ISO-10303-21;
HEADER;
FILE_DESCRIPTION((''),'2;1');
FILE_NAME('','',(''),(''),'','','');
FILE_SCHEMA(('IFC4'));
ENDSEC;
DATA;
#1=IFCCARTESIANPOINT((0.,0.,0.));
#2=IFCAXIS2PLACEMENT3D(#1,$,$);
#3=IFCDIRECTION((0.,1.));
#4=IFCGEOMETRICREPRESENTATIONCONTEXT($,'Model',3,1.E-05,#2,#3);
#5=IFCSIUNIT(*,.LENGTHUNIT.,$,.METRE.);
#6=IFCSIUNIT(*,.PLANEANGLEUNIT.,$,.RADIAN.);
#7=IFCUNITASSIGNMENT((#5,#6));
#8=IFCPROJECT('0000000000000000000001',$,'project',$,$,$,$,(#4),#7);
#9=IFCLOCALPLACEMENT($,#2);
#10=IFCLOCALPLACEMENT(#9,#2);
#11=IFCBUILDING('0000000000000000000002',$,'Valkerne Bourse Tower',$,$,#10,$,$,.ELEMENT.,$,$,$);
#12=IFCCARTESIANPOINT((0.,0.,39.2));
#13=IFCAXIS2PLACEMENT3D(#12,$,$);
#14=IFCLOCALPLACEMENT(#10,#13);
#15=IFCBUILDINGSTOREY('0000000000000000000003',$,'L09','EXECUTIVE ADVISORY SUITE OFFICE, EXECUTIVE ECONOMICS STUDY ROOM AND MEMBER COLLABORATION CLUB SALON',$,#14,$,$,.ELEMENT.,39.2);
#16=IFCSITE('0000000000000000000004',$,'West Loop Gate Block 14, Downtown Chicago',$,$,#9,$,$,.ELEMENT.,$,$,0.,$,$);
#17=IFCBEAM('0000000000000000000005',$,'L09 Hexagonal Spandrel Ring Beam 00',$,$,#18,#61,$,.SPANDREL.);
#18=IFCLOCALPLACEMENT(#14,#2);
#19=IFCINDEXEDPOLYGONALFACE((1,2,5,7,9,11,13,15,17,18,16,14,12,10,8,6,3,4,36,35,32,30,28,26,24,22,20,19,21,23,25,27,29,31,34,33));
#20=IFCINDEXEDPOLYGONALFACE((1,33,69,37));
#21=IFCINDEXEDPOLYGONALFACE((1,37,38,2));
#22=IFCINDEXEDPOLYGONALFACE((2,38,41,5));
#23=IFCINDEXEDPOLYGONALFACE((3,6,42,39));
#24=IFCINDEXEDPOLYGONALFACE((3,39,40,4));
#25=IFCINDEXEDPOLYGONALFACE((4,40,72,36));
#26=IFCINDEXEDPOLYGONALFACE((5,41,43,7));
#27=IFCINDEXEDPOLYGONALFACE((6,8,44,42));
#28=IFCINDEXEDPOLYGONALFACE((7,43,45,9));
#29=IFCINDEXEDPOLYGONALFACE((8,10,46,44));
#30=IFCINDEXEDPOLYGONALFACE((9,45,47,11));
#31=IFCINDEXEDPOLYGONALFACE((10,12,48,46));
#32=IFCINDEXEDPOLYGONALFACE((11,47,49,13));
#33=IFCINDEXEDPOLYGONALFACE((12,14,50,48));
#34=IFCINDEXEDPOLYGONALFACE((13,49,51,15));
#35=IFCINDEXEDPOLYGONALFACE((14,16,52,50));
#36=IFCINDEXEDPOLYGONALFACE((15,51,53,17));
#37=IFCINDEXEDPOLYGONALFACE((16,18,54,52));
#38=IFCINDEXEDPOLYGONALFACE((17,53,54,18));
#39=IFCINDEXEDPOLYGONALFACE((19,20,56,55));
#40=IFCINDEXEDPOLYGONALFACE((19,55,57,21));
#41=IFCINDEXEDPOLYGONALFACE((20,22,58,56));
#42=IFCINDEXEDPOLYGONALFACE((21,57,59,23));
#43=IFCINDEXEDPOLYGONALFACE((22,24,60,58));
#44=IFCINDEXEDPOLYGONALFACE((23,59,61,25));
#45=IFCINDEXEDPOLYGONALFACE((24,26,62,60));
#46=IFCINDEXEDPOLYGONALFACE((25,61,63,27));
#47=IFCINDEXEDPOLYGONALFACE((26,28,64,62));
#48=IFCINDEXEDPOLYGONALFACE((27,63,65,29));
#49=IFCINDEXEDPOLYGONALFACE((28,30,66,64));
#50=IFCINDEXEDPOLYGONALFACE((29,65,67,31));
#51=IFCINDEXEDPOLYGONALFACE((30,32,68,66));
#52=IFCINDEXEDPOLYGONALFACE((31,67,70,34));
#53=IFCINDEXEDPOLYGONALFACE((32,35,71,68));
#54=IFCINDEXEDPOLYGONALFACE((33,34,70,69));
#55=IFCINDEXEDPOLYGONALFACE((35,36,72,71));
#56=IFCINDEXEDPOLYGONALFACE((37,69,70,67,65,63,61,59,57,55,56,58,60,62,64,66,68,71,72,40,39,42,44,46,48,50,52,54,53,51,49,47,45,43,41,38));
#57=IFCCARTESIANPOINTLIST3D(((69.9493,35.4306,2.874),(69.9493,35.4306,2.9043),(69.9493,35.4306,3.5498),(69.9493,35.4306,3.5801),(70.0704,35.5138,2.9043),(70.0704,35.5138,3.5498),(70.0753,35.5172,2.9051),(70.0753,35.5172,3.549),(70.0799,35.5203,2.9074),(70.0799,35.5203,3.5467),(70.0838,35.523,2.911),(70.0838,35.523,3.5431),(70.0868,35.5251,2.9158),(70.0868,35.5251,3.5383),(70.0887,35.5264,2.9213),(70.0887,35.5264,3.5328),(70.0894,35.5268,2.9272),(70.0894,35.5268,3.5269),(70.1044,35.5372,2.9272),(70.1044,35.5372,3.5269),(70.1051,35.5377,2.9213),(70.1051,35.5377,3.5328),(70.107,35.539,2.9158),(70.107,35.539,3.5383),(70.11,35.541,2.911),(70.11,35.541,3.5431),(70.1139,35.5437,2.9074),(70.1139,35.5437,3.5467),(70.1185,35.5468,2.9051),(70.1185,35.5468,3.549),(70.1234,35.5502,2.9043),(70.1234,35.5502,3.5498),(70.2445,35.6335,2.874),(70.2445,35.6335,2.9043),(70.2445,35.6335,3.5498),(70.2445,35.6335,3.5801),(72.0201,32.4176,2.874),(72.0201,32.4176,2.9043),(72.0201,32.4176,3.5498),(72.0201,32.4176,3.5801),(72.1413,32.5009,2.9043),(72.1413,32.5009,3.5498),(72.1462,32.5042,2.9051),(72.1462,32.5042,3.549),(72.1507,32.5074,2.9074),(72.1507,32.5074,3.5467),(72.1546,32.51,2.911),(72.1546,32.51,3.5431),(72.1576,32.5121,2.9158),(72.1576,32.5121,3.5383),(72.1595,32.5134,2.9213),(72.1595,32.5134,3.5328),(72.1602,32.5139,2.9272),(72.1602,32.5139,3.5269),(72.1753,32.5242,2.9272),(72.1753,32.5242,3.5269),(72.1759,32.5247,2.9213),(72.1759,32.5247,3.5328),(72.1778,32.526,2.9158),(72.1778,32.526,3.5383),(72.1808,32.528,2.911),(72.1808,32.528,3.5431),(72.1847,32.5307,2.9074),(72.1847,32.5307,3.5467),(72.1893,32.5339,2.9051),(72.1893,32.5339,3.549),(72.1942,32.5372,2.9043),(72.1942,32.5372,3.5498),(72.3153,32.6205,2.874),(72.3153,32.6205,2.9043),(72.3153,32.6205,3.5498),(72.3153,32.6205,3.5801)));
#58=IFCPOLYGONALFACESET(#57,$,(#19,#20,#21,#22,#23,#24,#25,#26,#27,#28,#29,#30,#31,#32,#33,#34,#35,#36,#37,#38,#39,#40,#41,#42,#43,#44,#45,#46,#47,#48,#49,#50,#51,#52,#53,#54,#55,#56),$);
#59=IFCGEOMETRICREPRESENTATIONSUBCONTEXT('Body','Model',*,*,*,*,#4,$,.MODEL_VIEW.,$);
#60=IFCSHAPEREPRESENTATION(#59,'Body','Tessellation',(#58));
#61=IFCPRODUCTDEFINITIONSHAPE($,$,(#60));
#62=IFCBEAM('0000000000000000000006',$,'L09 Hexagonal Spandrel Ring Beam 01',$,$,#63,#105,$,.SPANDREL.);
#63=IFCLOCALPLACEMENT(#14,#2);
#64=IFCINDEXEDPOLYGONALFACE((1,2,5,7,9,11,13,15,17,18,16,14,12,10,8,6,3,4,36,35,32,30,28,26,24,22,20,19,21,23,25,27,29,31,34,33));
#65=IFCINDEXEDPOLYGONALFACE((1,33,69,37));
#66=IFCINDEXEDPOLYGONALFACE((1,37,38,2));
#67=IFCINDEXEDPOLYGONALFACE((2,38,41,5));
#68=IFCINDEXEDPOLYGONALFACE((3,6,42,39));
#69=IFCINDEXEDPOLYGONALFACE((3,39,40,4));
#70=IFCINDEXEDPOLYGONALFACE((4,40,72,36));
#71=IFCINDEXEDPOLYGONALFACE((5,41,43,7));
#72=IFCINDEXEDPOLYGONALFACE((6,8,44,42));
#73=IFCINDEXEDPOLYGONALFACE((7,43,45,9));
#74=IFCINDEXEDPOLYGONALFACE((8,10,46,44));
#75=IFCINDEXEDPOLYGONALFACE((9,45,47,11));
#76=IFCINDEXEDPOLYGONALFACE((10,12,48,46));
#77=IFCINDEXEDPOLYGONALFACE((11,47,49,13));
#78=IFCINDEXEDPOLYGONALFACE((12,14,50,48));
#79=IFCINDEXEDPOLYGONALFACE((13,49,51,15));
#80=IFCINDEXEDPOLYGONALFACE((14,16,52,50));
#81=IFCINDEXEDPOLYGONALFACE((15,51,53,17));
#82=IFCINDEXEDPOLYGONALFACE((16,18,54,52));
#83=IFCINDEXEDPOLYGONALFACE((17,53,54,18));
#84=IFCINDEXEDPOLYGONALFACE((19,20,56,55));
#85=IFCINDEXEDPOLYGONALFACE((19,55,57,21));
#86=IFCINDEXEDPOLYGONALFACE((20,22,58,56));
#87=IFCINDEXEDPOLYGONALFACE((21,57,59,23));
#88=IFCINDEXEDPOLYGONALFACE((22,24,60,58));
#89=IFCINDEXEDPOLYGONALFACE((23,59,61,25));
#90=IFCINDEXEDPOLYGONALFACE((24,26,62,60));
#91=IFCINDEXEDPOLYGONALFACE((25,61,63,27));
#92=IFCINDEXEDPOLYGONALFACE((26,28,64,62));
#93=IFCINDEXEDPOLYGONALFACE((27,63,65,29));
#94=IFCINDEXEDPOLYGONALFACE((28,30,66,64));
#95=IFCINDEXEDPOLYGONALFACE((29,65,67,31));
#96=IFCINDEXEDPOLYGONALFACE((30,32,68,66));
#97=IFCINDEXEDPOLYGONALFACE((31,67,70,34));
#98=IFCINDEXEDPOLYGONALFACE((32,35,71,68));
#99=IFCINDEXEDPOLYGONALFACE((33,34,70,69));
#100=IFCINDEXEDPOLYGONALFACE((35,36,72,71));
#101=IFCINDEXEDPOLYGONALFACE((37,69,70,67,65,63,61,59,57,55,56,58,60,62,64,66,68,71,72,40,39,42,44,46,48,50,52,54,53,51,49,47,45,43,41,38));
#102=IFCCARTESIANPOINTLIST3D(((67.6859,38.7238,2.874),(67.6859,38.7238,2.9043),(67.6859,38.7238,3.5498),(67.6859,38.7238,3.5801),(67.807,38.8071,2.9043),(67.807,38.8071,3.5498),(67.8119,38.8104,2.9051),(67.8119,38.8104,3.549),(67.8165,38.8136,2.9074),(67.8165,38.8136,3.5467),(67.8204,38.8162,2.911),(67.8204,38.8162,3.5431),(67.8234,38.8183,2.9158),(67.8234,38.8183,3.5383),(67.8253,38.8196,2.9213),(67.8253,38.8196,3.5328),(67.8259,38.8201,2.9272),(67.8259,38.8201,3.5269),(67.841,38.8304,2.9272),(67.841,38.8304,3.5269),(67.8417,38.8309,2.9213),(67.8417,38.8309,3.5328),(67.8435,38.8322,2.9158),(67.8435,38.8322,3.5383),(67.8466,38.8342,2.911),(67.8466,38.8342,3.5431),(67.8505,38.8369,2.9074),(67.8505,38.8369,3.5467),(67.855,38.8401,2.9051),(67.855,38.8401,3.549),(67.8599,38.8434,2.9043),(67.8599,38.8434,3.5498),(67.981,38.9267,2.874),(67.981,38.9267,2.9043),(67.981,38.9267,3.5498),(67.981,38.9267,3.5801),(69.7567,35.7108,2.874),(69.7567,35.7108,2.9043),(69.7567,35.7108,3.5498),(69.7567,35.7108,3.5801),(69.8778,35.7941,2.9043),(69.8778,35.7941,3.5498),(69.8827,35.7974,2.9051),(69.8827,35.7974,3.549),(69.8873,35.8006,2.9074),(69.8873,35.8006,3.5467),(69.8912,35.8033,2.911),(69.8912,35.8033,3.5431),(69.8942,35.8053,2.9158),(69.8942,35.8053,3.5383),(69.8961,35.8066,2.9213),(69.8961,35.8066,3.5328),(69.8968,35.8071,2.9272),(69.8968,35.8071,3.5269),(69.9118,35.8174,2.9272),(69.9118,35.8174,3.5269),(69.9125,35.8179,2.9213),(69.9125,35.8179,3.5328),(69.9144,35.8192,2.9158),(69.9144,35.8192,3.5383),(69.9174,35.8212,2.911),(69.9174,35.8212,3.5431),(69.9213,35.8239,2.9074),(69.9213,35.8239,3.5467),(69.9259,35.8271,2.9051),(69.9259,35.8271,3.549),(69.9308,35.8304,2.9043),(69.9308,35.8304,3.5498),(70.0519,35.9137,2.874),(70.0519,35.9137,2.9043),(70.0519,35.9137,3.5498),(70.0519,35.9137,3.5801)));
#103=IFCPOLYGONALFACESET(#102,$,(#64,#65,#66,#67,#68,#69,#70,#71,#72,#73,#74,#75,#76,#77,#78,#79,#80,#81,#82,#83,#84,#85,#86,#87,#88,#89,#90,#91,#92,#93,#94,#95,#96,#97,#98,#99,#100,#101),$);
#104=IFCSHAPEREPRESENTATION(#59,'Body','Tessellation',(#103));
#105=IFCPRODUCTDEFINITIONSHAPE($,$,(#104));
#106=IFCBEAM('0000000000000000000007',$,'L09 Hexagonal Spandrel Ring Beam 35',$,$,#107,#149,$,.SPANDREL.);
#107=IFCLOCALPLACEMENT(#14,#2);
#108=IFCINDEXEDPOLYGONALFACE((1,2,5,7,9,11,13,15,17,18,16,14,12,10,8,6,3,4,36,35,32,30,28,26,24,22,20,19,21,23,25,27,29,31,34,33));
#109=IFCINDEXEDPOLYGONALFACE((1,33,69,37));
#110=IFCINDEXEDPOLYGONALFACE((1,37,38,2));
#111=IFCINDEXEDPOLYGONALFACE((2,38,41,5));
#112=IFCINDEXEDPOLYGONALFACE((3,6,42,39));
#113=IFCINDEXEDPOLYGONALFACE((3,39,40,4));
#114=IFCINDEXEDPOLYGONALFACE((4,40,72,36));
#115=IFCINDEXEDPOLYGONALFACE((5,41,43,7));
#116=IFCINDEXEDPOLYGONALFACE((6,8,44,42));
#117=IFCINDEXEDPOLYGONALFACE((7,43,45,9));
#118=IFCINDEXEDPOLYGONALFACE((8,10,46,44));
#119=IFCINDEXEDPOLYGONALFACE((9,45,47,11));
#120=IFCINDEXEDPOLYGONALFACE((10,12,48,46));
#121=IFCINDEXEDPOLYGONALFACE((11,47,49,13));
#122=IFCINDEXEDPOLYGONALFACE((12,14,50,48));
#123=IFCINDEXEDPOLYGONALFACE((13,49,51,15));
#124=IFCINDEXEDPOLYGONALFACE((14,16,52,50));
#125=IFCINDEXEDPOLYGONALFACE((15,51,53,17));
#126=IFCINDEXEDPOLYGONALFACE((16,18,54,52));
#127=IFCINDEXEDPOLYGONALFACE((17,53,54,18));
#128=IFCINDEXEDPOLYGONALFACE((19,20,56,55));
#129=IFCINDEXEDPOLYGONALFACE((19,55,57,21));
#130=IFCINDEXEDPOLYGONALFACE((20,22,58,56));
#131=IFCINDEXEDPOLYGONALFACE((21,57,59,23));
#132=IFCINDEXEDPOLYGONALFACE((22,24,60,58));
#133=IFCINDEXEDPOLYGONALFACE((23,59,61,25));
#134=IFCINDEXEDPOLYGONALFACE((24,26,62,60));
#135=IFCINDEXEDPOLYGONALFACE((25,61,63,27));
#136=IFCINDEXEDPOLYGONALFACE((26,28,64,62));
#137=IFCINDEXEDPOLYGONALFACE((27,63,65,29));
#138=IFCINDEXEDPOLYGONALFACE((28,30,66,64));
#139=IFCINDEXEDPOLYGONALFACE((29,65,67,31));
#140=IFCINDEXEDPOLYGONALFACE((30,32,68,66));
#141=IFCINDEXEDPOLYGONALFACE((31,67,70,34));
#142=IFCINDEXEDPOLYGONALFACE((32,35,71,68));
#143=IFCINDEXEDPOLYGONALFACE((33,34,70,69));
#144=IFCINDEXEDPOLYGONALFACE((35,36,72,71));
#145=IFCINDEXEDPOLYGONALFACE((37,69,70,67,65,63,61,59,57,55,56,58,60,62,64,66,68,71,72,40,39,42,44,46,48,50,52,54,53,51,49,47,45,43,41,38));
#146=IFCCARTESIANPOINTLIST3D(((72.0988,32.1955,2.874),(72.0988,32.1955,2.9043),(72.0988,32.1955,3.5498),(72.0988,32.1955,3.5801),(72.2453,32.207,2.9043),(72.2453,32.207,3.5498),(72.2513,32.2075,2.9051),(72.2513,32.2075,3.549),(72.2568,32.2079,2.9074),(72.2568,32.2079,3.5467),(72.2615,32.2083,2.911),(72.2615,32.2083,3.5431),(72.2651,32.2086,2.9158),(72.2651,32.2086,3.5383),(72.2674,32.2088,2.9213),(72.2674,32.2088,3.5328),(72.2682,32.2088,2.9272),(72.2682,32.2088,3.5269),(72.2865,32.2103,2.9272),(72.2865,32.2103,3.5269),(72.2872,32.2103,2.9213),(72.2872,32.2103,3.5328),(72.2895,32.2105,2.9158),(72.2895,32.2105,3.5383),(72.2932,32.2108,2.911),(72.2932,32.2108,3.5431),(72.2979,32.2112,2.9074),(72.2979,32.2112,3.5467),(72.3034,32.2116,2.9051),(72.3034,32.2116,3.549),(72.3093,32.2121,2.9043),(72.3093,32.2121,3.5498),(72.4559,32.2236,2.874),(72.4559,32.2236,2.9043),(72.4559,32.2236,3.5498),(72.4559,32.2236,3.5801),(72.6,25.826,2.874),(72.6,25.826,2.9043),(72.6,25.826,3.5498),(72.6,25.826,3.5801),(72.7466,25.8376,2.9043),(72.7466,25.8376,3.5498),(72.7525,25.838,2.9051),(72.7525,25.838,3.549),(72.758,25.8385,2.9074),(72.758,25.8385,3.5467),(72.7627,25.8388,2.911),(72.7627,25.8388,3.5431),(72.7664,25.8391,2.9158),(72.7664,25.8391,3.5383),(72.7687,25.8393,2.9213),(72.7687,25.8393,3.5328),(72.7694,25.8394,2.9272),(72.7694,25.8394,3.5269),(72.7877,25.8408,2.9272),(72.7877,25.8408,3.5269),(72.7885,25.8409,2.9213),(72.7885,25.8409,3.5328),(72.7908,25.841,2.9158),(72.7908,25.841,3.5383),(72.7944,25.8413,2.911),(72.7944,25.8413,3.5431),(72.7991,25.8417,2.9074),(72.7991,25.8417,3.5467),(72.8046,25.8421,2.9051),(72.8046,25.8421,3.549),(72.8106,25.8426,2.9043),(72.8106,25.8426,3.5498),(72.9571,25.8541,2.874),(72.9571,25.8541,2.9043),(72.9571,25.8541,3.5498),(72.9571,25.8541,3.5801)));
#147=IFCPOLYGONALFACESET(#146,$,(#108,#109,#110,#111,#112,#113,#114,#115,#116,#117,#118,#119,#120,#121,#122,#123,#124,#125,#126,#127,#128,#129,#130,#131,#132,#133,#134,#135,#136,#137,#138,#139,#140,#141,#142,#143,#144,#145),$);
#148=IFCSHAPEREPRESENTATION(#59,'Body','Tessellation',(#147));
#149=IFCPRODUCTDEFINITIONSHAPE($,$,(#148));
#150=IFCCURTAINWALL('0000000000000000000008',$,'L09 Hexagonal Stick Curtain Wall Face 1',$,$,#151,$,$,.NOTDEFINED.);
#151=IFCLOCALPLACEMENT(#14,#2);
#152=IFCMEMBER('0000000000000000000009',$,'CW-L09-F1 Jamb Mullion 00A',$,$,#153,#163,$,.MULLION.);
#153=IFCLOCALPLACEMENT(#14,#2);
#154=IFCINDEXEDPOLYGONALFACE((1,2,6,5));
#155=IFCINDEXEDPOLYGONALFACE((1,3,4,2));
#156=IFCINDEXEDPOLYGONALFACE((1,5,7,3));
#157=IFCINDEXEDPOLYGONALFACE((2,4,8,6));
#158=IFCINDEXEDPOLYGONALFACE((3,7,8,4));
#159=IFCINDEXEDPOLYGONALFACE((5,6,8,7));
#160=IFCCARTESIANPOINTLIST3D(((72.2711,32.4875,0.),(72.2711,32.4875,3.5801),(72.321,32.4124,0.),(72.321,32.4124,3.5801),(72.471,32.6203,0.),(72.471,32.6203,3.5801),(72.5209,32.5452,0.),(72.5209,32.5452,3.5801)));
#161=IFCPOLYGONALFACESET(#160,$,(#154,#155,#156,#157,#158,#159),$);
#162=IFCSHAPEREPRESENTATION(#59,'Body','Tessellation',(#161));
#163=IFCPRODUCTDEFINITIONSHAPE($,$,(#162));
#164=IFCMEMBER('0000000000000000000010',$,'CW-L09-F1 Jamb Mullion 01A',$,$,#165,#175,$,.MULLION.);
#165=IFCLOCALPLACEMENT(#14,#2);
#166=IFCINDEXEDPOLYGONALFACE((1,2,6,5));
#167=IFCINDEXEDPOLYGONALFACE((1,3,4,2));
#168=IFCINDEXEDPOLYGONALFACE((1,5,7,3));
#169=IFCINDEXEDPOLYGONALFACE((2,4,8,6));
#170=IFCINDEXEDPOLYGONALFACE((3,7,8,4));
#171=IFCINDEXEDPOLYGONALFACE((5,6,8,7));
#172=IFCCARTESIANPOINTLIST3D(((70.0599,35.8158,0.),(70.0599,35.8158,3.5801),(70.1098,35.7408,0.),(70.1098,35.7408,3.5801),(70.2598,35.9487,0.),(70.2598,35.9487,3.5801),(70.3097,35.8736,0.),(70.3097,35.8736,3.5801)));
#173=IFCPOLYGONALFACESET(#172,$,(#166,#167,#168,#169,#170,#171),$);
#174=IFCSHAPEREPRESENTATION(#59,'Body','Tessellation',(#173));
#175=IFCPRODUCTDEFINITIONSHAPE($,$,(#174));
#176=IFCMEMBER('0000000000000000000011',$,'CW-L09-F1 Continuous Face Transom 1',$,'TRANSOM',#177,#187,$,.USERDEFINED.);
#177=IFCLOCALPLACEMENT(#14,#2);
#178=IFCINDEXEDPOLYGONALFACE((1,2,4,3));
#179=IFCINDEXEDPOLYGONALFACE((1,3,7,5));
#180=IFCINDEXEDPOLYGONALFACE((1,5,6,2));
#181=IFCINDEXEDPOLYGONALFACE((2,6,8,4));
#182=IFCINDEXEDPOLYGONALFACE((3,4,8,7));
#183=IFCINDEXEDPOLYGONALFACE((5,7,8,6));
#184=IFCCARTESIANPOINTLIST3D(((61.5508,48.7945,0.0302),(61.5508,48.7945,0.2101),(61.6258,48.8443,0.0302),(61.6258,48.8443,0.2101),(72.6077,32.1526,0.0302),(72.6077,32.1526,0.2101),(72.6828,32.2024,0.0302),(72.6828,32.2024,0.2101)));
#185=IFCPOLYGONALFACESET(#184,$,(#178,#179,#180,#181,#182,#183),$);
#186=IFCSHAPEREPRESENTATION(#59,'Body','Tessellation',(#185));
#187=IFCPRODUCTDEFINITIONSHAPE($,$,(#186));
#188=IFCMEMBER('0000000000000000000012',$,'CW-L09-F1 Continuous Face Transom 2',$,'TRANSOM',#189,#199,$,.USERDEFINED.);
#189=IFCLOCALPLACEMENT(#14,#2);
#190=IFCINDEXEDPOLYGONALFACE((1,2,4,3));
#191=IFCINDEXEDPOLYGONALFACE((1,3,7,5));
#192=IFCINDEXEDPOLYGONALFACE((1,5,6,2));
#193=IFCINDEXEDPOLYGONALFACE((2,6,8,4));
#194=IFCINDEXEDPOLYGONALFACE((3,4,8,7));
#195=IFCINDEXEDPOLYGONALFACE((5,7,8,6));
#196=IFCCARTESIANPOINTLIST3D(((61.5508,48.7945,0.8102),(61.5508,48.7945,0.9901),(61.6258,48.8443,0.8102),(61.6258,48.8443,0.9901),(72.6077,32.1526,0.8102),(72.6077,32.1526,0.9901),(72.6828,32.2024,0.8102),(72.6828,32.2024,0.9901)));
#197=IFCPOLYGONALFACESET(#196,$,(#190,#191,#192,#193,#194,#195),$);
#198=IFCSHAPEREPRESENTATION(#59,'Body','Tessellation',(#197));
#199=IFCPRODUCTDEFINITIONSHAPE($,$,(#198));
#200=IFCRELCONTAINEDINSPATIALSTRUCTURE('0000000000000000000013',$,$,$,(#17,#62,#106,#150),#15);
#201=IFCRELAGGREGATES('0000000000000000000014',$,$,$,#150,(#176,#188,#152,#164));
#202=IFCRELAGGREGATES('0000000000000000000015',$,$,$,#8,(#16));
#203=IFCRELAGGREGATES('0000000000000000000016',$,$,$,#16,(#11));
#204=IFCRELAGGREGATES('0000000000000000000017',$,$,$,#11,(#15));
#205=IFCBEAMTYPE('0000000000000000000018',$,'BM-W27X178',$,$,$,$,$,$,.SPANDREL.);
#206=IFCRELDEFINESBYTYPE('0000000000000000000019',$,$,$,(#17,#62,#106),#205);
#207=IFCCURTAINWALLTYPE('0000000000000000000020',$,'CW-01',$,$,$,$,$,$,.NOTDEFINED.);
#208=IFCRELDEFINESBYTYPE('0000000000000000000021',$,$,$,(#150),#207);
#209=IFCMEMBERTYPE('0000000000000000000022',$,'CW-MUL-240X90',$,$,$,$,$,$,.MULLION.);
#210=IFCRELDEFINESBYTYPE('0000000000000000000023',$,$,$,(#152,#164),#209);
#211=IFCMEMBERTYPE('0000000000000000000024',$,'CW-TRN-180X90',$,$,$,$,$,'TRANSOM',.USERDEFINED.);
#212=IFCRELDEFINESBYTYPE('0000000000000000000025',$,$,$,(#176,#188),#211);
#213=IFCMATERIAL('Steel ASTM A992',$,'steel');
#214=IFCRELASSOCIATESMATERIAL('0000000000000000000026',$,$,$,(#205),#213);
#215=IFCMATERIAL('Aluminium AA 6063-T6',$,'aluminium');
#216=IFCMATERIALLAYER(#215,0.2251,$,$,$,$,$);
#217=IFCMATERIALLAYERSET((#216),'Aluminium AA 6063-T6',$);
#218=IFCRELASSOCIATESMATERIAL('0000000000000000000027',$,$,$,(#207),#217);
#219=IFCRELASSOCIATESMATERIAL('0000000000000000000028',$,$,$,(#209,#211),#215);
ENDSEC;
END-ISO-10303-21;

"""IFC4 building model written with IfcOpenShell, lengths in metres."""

from ifc_helpers import new_model, si_unit, direction, frame, origin, origin_2d, place, context, subcontext, project, spatial, rectangle, i_section, extrude, material, layer, layer_set, material_profile, profile_set, type_object, element, aggregate, save


model = new_model("IFC4")

# Units and contexts
model_context = context("Model", 3, precision=1e-05, world=origin(), true_north=direction((0.0, 1.0)))
body_context = subcontext(model_context, "Body", "Model", "MODEL_VIEW")
ifc_project = project(units=[si_unit("LENGTHUNIT", "METRE"), si_unit("PLANEANGLEUNIT", "RADIAN")], contexts=[model_context])

# Site, building, storey
site_placement = place(None, origin())
site = spatial("IfcSite", under=ifc_project, at=site_placement, Name="West Loop Gate Block 14, Downtown Chicago", CompositionType="ELEMENT", RefElevation=0.0)
building_placement = place(site_placement, origin())
building = spatial("IfcBuilding", under=site, at=building_placement, Name="Valkerne Bourse Tower", CompositionType="ELEMENT")
storey_placement = place(building_placement, frame((0.0, 0.0, 39.2)))
storey = spatial("IfcBuildingStorey", under=building, at=storey_placement, Name="L09", Description="EXECUTIVE ADVISORY SUITE OFFICE, EXECUTIVE ECONOMICS STUDY ROOM AND MEMBER COLLABORATION CLUB SALON", CompositionType="ELEMENT", Elevation=39.2)

# Beams
ifc_material_1 = material(Name="Steel ASTM A992", Category="steel")
ifc_material_profile_1 = material_profile(ifc_material_1, i_section(OverallWidth=0.3582, OverallDepth=0.7061, WebThickness=0.0183, FlangeThickness=0.0303, FilletRadius=0.0229, at=origin_2d()), Name="W27X178")
ifc_profile_set_1 = profile_set([ifc_material_profile_1], Name="Steel ASTM A992")
beam_type_1 = type_object("IfcBeamType", Name="BM-W27X178", PredefinedType="SPANDREL", material=ifc_profile_set_1)
for number, where, z_axis, x_axis, name in (
    (1, (72.1677, 32.519, 3.2271), (-0.566418, 0.824118, 0.0), (-0.824118, -0.566418, 0.0), "L09 Hexagonal Spandrel Ring Beam 00"),
    (2, (69.9043, 35.8123, 3.2271), (-0.566418, 0.824118, 0.0), (-0.824118, -0.566418, 0.0), "L09 Hexagonal Spandrel Ring Beam 01"),
):
    element("IfcBeam", number, at=place(storey_placement, frame(where, z_axis=z_axis, x_axis=x_axis)), inside=storey, type_object=beam_type_1, Name=name, PredefinedType="SPANDREL", context=body_context, shape_type="SweptSolid", body=[
        extrude(i_section(OverallWidth=0.3582, OverallDepth=0.7061, WebThickness=0.0183, FlangeThickness=0.0303, FilletRadius=0.0229, at=origin_2d()), origin(), (0.0, 0.0, 1.0), 3.656),
    ])
beam_1_placement = place(storey_placement, frame((72.7786, 25.8401, 3.2271), z_axis=(-0.07845, 0.996918, 0.0), x_axis=(-0.996918, -0.07845, 0.0)))
element("IfcBeam", 3, at=beam_1_placement, inside=storey, type_object=beam_type_1, Name="L09 Hexagonal Spandrel Ring Beam 35", PredefinedType="SPANDREL", context=body_context, shape_type="SweptSolid", body=[
    extrude(i_section(OverallWidth=0.3582, OverallDepth=0.7061, WebThickness=0.0183, FlangeThickness=0.0303, FilletRadius=0.0229, at=origin_2d()), origin(), (0.0, 0.0, 1.0), 6.3892),
])

# Curtain wall, members
ifc_material_2 = material(Name="Aluminium AA 6063-T6", Category="aluminium")
ifc_layer_1 = layer(ifc_material_2, 0.2251)
ifc_layer_set_1 = layer_set([ifc_layer_1], Name="Aluminium AA 6063-T6")
curtain_wall_type = type_object("IfcCurtainWallType", Name="CW-01", PredefinedType="NOTDEFINED", material=ifc_layer_set_1)
curtain_wall_placement = place(storey_placement, origin())
curtain_wall = element("IfcCurtainWall", 4, at=curtain_wall_placement, inside=storey, type_object=curtain_wall_type, Name="L09 Hexagonal Stick Curtain Wall Face 1", PredefinedType="NOTDEFINED")
ifc_material_profile_2 = material_profile(ifc_material_2, rectangle(XDim=0.0901, YDim=0.24, at=origin_2d()), Name="CWM-90X240")
ifc_profile_set_2 = profile_set([ifc_material_profile_2], Name="Aluminium AA 6063-T6")
member_type_1 = type_object("IfcMemberType", Name="CW-MUL-240X90", PredefinedType="MULLION", material=ifc_profile_set_2)
member_1_placement = place(storey_placement, frame((72.396, 32.5164, 0.0), z_axis=(0.0, 0.0, 1.0), x_axis=(-0.553377, 0.832931, 0.0)))
member_1 = element("IfcMember", 5, at=member_1_placement, type_object=member_type_1, Name="CW-L09-F1 Jamb Mullion 00A", PredefinedType="MULLION", context=body_context, shape_type="SweptSolid", body=[
    extrude(rectangle(XDim=0.0901, YDim=0.24, at=origin_2d()), origin(), (0.0, 0.0, 1.0), 3.5801),
])
member_2_placement = place(storey_placement, frame((70.1848, 35.8447, 0.0), z_axis=(0.0, 0.0, 1.0), x_axis=(-0.553406, 0.832912, 0.0)))
member_2 = element("IfcMember", 6, at=member_2_placement, type_object=member_type_1, Name="CW-L09-F1 Jamb Mullion 01A", PredefinedType="MULLION", context=body_context, shape_type="SweptSolid", body=[
    extrude(rectangle(XDim=0.0901, YDim=0.24, at=origin_2d()), origin(), (0.0, 0.0, 1.0), 3.5801),
])
ifc_material_profile_3 = material_profile(ifc_material_2, rectangle(XDim=0.0901, YDim=0.1799, at=origin_2d()), Name="CWT-90X180")
ifc_profile_set_3 = profile_set([ifc_material_profile_3], Name="Aluminium AA 6063-T6")
member_type_2 = type_object("IfcMemberType", Name="CW-TRN-180X90", ElementType="TRANSOM", PredefinedType="USERDEFINED", material=ifc_profile_set_3)
member_3_placement = place(storey_placement, frame((72.6453, 32.1775, 0.1201), z_axis=(-0.553394, 0.83292, 0.0), x_axis=(-0.83292, -0.553394, 0.0)))
member_3 = element("IfcMember", 7, at=member_3_placement, type_object=member_type_2, Name="CW-L09-F1 Continuous Face Transom 1", ObjectType="TRANSOM", PredefinedType="USERDEFINED", context=body_context, shape_type="SweptSolid", body=[
    extrude(rectangle(XDim=0.0901, YDim=0.1799, at=origin_2d()), origin(), (0.0, 0.0, 1.0), 19.9802),
])
member_4_placement = place(storey_placement, frame((72.6453, 32.1775, 0.9001), z_axis=(-0.553394, 0.83292, 0.0), x_axis=(-0.83292, -0.553394, 0.0)))
member_4 = element("IfcMember", 8, at=member_4_placement, type_object=member_type_2, Name="CW-L09-F1 Continuous Face Transom 2", ObjectType="TRANSOM", PredefinedType="USERDEFINED", context=body_context, shape_type="SweptSolid", body=[
    extrude(rectangle(XDim=0.0901, YDim=0.1799, at=origin_2d()), origin(), (0.0, 0.0, 1.0), 19.9802),
])

aggregate(curtain_wall, [member_3, member_4, member_1, member_2])

save(model, "model.ifc")
